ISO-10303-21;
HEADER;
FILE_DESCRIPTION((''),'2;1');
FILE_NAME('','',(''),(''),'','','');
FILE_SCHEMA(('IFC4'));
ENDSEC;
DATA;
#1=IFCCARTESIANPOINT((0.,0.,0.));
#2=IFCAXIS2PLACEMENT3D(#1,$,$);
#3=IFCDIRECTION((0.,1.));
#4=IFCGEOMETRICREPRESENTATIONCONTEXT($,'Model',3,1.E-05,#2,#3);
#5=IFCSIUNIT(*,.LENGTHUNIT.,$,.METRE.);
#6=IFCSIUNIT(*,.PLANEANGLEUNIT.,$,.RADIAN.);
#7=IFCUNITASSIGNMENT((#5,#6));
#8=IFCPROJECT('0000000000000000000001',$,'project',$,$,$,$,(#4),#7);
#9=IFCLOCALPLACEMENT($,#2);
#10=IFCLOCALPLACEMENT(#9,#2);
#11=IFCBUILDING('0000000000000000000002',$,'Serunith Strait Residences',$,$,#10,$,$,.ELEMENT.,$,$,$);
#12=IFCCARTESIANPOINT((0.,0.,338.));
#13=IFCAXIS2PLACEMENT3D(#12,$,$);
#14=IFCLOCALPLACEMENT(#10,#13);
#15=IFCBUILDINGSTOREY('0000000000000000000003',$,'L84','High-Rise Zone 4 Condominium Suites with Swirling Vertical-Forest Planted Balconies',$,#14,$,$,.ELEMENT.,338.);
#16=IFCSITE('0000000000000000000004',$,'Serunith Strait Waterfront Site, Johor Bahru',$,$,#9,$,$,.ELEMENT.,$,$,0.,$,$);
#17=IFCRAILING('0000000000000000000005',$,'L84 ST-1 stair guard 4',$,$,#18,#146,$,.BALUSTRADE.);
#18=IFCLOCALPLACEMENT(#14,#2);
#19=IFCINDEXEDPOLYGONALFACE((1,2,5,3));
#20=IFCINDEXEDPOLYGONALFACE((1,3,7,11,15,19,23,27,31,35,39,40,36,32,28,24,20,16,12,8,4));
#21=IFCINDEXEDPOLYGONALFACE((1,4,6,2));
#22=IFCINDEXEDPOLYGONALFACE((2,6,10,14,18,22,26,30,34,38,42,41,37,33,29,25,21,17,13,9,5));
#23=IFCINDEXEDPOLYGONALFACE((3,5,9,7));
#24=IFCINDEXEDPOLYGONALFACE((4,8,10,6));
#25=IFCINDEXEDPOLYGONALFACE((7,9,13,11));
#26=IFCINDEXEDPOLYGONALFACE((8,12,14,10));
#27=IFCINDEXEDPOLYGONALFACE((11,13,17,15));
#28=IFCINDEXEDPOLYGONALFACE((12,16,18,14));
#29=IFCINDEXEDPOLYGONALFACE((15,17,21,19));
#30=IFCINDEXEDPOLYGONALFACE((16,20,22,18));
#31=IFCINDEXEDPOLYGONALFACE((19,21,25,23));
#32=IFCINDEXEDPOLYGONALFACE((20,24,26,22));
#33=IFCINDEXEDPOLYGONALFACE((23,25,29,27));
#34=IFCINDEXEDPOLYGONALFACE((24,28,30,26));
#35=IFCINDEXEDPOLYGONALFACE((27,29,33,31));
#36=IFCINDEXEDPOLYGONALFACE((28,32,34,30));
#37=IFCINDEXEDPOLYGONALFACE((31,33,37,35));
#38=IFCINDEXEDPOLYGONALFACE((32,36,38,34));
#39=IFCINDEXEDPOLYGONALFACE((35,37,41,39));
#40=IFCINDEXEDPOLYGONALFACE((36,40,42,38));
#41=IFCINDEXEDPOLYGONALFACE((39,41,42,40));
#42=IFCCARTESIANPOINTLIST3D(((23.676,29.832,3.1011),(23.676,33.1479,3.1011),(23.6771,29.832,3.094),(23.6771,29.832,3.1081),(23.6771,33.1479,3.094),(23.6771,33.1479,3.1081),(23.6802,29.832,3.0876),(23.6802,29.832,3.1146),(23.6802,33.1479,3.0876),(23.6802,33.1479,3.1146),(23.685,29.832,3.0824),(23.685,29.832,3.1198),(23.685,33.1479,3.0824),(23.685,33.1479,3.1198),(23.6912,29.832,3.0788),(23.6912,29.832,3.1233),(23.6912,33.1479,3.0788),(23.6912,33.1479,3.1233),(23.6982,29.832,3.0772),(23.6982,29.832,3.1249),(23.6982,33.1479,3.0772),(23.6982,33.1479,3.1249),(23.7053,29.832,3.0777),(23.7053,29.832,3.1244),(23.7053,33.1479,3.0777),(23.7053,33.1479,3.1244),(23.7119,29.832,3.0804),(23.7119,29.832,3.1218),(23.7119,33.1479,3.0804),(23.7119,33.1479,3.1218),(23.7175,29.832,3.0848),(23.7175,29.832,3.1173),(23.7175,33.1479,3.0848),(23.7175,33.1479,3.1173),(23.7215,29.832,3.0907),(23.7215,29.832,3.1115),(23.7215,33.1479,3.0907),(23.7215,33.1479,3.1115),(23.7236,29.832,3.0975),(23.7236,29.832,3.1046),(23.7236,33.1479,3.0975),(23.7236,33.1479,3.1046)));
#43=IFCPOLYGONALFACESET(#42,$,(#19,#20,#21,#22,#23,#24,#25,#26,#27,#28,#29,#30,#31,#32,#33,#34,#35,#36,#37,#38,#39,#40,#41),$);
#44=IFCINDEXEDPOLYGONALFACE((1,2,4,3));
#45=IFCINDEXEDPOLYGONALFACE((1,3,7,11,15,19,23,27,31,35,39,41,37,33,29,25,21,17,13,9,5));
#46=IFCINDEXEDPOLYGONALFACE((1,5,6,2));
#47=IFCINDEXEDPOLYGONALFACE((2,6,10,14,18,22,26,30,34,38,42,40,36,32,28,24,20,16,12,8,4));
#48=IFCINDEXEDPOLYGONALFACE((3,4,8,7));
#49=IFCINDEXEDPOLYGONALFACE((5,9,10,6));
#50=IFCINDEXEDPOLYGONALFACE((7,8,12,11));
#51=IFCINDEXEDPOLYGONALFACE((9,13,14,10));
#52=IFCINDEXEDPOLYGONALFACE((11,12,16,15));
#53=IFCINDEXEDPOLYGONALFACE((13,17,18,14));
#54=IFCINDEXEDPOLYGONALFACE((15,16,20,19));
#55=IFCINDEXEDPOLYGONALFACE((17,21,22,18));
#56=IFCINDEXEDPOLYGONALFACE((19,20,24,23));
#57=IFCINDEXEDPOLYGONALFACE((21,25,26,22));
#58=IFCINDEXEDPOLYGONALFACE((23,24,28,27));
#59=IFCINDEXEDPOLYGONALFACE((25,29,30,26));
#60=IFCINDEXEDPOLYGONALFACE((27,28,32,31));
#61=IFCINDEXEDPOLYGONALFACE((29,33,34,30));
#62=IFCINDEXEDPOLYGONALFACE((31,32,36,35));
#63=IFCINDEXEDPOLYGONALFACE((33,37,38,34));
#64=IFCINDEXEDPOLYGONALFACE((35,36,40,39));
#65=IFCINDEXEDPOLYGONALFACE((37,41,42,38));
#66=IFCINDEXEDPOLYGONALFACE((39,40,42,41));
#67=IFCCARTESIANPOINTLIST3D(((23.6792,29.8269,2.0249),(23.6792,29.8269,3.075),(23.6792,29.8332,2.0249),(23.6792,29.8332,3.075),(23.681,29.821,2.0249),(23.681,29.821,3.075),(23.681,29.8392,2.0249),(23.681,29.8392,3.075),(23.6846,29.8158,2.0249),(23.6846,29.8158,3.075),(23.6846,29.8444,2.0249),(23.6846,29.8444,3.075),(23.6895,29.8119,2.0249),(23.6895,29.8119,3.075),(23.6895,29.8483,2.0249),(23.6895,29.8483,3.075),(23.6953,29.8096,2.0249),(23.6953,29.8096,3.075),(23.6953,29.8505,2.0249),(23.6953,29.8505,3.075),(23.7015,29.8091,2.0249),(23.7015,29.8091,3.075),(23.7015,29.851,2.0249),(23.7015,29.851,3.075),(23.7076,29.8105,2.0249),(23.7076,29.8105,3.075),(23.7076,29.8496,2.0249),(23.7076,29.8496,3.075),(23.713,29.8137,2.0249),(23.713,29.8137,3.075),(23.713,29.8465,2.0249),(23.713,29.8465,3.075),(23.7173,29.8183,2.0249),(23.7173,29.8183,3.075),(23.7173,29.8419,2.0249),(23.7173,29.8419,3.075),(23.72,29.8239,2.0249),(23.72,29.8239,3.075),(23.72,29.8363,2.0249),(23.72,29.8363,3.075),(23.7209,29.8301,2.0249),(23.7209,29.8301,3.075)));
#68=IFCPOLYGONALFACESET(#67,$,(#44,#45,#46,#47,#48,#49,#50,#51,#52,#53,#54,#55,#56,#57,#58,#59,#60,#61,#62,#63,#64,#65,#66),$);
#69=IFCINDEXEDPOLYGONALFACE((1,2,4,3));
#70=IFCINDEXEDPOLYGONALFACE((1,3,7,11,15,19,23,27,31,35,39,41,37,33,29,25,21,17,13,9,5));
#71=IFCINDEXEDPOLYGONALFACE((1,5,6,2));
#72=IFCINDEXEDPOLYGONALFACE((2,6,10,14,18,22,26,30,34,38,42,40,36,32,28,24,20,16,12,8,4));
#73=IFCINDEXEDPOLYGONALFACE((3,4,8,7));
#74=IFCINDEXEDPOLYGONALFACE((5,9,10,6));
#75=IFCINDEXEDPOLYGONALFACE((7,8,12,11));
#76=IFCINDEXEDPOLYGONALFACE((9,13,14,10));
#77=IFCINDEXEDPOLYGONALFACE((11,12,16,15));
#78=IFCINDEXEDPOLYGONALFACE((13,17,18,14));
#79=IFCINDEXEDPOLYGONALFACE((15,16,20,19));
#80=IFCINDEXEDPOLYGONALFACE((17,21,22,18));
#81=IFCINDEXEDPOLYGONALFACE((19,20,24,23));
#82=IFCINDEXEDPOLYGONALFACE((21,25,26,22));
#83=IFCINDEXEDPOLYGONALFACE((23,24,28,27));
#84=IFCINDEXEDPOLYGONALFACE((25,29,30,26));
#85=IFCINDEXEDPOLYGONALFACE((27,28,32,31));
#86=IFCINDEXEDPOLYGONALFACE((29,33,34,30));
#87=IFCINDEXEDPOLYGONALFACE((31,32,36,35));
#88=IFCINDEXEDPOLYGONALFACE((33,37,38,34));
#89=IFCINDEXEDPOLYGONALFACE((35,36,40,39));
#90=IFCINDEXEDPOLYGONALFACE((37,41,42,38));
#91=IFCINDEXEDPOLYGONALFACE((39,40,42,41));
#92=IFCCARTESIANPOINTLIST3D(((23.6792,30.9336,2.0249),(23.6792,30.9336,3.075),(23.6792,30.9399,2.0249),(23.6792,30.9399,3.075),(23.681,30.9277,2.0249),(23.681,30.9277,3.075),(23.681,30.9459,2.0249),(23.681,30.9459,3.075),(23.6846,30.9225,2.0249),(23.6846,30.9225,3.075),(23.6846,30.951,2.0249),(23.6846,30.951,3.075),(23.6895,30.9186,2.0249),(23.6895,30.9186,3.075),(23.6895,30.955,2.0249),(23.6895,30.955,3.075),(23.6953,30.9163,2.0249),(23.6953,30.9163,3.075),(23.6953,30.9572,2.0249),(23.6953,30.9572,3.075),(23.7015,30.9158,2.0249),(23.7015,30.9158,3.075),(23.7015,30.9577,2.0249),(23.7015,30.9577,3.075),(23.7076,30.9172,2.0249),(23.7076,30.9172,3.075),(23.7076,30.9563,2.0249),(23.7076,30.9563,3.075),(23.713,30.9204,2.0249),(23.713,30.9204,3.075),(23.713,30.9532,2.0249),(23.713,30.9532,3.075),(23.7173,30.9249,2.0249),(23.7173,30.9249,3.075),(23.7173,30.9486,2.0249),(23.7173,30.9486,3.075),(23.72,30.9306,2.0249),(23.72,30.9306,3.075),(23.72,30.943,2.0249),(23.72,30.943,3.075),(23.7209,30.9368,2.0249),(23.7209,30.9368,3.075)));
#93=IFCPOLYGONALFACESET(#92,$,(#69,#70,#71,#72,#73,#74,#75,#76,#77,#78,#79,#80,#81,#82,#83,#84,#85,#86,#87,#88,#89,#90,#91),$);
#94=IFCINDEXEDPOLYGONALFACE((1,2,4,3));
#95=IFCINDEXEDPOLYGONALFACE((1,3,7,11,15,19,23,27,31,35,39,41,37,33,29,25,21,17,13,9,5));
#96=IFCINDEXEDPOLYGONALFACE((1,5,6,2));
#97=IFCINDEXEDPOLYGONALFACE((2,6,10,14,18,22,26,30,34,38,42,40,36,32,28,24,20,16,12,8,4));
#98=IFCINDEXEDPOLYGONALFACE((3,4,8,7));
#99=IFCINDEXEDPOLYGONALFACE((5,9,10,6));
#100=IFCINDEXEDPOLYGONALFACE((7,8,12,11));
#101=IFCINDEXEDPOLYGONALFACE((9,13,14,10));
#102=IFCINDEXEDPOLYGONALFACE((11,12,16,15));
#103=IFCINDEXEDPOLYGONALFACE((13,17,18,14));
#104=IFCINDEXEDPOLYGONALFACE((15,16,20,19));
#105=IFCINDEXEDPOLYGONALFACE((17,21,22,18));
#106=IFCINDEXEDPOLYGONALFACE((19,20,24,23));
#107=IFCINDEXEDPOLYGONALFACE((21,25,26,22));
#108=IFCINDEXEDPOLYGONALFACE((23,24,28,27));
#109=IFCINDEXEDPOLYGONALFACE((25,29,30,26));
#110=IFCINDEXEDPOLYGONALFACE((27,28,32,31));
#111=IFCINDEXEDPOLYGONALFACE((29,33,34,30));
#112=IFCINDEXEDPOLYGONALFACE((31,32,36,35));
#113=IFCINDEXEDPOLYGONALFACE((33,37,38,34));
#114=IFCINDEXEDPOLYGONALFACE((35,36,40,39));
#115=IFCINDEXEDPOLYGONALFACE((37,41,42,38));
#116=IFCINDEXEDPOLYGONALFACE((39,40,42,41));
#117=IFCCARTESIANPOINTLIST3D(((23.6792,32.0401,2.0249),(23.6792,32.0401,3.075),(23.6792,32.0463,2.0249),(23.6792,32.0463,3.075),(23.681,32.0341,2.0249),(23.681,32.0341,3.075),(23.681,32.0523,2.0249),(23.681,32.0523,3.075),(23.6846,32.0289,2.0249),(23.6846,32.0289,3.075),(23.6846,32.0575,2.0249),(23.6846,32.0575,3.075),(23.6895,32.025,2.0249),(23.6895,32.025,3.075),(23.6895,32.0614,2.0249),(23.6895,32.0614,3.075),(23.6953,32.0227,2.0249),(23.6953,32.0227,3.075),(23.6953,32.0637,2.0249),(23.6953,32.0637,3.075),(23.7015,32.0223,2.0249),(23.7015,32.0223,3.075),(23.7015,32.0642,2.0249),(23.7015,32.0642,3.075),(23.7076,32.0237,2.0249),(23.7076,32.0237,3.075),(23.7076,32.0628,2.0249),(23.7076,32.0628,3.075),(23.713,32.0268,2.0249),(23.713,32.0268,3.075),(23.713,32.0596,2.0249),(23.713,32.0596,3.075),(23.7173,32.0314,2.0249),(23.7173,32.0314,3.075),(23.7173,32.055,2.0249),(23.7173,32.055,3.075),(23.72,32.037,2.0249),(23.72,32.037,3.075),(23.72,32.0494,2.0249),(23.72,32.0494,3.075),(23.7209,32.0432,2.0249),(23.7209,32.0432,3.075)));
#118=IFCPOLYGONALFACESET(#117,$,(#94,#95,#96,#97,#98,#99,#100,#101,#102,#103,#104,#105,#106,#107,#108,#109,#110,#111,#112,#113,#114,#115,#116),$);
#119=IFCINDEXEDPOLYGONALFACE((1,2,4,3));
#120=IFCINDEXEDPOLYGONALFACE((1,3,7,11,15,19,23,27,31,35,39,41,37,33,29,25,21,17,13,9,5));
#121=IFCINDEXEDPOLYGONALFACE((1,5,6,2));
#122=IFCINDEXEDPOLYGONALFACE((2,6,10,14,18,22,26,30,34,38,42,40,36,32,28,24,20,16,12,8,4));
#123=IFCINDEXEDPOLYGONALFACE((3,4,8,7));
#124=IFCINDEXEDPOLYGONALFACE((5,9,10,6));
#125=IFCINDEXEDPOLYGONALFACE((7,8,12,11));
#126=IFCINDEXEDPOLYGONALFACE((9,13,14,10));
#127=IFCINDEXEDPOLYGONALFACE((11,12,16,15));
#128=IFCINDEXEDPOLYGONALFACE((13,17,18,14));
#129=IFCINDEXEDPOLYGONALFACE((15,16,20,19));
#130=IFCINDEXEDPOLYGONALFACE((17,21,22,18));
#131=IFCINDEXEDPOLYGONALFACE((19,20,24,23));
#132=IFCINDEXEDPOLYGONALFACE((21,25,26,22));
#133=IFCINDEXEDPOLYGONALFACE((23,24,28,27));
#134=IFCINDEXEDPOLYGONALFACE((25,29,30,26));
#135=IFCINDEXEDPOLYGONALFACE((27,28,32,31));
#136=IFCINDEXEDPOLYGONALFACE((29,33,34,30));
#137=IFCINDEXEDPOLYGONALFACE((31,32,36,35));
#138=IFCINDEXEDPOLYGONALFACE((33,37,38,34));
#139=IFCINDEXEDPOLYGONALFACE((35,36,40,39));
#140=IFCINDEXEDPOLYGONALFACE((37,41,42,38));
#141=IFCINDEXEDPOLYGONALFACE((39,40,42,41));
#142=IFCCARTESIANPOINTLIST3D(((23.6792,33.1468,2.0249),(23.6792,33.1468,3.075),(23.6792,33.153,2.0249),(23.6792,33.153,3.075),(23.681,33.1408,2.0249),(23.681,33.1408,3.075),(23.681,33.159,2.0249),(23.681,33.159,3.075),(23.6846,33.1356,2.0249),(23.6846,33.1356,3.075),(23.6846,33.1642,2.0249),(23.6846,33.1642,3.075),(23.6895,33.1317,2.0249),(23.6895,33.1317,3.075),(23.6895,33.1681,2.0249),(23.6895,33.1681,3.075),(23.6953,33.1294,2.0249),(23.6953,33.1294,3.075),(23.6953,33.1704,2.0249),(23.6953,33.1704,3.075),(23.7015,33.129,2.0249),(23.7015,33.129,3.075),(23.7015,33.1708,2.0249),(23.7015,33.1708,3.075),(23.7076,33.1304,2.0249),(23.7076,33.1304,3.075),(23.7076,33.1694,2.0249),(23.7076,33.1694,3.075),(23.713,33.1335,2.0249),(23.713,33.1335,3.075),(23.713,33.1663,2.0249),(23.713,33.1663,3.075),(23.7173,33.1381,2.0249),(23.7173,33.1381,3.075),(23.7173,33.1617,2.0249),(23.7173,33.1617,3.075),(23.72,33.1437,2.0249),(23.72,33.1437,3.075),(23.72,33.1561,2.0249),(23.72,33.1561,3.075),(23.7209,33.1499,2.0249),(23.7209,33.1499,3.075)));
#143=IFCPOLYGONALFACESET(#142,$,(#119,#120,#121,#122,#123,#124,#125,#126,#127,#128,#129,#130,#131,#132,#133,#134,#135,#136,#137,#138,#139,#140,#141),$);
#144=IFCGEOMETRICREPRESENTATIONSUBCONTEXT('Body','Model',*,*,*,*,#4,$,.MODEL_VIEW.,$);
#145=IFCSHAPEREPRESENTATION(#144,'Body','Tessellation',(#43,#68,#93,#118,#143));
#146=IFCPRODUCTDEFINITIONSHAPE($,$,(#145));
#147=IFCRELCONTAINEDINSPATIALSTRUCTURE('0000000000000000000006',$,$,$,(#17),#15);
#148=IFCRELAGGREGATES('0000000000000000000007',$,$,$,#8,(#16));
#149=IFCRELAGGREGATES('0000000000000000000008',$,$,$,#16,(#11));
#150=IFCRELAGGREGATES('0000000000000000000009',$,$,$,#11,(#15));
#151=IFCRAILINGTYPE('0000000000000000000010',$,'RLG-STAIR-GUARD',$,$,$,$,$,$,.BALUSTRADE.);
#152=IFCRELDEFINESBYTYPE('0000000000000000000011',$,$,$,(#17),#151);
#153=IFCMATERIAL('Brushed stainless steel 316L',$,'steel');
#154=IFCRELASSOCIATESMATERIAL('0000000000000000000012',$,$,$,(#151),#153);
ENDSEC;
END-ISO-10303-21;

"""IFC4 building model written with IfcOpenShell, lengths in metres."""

from ifc_helpers import new_model, si_unit, direction, frame, origin, origin_2d, place, context, subcontext, project, spatial, circle, extrude, material, type_object, element, save


model = new_model("IFC4")

# Units and contexts
model_context = context("Model", 3, precision=1e-05, world=origin(), true_north=direction((0.0, 1.0)))
body_context = subcontext(model_context, "Body", "Model", "MODEL_VIEW")
ifc_project = project(units=[si_unit("LENGTHUNIT", "METRE"), si_unit("PLANEANGLEUNIT", "RADIAN")], contexts=[model_context])

# Site, building, storey
site_placement = place(None, origin())
site = spatial("IfcSite", under=ifc_project, at=site_placement, Name="Serunith Strait Waterfront Site, Johor Bahru", CompositionType="ELEMENT", RefElevation=0.0)
building_placement = place(site_placement, origin())
building = spatial("IfcBuilding", under=site, at=building_placement, Name="Serunith Strait Residences", CompositionType="ELEMENT")
storey_placement = place(building_placement, frame((0.0, 0.0, 338.0)))
storey = spatial("IfcBuildingStorey", under=building, at=storey_placement, Name="L84", Description="High-Rise Zone 4 Condominium Suites with Swirling Vertical-Forest Planted Balconies", CompositionType="ELEMENT", Elevation=338.0)

# Railing
ifc_material_1 = material(Name="Brushed stainless steel 316L", Category="steel")
railing_type_1 = type_object("IfcRailingType", Name="RLG-STAIR-GUARD", PredefinedType="BALUSTRADE", material=ifc_material_1)
for number, where, name in (
    (1, (23.7, 29.8301, 2.0249), "L84 ST-1 stair guard 4"),
):
    element("IfcRailing", number, at=place(storey_placement, frame(where)), inside=storey, type_object=railing_type_1, Name=name, PredefinedType="BALUSTRADE", context=body_context, shape_type="SweptSolid", body=[
        extrude(circle(Radius=0.0239, at=origin_2d()), frame((0.0, 0.002, 1.0762), z_axis=(0.0, 1.0, 0.0), x_axis=(-1.0, 0.0, 0.0)), (0.0, 0.0, 1.0), 3.3159),
        extrude(circle(Radius=0.021, at=origin_2d()), origin(), (0.0, 0.0, 1.0), 1.05),
        extrude(circle(Radius=0.021, at=origin_2d()), frame((0.0, 1.1067, 0.0)), (0.0, 0.0, 1.0), 1.05),
        extrude(circle(Radius=0.021, at=origin_2d()), frame((0.0, 2.2131, 0.0)), (0.0, 0.0, 1.0), 1.05),
        extrude(circle(Radius=0.021, at=origin_2d()), frame((0.0, 3.3198, 0.0)), (0.0, 0.0, 1.0), 1.05),
    ])

save(model, "model.ifc")
